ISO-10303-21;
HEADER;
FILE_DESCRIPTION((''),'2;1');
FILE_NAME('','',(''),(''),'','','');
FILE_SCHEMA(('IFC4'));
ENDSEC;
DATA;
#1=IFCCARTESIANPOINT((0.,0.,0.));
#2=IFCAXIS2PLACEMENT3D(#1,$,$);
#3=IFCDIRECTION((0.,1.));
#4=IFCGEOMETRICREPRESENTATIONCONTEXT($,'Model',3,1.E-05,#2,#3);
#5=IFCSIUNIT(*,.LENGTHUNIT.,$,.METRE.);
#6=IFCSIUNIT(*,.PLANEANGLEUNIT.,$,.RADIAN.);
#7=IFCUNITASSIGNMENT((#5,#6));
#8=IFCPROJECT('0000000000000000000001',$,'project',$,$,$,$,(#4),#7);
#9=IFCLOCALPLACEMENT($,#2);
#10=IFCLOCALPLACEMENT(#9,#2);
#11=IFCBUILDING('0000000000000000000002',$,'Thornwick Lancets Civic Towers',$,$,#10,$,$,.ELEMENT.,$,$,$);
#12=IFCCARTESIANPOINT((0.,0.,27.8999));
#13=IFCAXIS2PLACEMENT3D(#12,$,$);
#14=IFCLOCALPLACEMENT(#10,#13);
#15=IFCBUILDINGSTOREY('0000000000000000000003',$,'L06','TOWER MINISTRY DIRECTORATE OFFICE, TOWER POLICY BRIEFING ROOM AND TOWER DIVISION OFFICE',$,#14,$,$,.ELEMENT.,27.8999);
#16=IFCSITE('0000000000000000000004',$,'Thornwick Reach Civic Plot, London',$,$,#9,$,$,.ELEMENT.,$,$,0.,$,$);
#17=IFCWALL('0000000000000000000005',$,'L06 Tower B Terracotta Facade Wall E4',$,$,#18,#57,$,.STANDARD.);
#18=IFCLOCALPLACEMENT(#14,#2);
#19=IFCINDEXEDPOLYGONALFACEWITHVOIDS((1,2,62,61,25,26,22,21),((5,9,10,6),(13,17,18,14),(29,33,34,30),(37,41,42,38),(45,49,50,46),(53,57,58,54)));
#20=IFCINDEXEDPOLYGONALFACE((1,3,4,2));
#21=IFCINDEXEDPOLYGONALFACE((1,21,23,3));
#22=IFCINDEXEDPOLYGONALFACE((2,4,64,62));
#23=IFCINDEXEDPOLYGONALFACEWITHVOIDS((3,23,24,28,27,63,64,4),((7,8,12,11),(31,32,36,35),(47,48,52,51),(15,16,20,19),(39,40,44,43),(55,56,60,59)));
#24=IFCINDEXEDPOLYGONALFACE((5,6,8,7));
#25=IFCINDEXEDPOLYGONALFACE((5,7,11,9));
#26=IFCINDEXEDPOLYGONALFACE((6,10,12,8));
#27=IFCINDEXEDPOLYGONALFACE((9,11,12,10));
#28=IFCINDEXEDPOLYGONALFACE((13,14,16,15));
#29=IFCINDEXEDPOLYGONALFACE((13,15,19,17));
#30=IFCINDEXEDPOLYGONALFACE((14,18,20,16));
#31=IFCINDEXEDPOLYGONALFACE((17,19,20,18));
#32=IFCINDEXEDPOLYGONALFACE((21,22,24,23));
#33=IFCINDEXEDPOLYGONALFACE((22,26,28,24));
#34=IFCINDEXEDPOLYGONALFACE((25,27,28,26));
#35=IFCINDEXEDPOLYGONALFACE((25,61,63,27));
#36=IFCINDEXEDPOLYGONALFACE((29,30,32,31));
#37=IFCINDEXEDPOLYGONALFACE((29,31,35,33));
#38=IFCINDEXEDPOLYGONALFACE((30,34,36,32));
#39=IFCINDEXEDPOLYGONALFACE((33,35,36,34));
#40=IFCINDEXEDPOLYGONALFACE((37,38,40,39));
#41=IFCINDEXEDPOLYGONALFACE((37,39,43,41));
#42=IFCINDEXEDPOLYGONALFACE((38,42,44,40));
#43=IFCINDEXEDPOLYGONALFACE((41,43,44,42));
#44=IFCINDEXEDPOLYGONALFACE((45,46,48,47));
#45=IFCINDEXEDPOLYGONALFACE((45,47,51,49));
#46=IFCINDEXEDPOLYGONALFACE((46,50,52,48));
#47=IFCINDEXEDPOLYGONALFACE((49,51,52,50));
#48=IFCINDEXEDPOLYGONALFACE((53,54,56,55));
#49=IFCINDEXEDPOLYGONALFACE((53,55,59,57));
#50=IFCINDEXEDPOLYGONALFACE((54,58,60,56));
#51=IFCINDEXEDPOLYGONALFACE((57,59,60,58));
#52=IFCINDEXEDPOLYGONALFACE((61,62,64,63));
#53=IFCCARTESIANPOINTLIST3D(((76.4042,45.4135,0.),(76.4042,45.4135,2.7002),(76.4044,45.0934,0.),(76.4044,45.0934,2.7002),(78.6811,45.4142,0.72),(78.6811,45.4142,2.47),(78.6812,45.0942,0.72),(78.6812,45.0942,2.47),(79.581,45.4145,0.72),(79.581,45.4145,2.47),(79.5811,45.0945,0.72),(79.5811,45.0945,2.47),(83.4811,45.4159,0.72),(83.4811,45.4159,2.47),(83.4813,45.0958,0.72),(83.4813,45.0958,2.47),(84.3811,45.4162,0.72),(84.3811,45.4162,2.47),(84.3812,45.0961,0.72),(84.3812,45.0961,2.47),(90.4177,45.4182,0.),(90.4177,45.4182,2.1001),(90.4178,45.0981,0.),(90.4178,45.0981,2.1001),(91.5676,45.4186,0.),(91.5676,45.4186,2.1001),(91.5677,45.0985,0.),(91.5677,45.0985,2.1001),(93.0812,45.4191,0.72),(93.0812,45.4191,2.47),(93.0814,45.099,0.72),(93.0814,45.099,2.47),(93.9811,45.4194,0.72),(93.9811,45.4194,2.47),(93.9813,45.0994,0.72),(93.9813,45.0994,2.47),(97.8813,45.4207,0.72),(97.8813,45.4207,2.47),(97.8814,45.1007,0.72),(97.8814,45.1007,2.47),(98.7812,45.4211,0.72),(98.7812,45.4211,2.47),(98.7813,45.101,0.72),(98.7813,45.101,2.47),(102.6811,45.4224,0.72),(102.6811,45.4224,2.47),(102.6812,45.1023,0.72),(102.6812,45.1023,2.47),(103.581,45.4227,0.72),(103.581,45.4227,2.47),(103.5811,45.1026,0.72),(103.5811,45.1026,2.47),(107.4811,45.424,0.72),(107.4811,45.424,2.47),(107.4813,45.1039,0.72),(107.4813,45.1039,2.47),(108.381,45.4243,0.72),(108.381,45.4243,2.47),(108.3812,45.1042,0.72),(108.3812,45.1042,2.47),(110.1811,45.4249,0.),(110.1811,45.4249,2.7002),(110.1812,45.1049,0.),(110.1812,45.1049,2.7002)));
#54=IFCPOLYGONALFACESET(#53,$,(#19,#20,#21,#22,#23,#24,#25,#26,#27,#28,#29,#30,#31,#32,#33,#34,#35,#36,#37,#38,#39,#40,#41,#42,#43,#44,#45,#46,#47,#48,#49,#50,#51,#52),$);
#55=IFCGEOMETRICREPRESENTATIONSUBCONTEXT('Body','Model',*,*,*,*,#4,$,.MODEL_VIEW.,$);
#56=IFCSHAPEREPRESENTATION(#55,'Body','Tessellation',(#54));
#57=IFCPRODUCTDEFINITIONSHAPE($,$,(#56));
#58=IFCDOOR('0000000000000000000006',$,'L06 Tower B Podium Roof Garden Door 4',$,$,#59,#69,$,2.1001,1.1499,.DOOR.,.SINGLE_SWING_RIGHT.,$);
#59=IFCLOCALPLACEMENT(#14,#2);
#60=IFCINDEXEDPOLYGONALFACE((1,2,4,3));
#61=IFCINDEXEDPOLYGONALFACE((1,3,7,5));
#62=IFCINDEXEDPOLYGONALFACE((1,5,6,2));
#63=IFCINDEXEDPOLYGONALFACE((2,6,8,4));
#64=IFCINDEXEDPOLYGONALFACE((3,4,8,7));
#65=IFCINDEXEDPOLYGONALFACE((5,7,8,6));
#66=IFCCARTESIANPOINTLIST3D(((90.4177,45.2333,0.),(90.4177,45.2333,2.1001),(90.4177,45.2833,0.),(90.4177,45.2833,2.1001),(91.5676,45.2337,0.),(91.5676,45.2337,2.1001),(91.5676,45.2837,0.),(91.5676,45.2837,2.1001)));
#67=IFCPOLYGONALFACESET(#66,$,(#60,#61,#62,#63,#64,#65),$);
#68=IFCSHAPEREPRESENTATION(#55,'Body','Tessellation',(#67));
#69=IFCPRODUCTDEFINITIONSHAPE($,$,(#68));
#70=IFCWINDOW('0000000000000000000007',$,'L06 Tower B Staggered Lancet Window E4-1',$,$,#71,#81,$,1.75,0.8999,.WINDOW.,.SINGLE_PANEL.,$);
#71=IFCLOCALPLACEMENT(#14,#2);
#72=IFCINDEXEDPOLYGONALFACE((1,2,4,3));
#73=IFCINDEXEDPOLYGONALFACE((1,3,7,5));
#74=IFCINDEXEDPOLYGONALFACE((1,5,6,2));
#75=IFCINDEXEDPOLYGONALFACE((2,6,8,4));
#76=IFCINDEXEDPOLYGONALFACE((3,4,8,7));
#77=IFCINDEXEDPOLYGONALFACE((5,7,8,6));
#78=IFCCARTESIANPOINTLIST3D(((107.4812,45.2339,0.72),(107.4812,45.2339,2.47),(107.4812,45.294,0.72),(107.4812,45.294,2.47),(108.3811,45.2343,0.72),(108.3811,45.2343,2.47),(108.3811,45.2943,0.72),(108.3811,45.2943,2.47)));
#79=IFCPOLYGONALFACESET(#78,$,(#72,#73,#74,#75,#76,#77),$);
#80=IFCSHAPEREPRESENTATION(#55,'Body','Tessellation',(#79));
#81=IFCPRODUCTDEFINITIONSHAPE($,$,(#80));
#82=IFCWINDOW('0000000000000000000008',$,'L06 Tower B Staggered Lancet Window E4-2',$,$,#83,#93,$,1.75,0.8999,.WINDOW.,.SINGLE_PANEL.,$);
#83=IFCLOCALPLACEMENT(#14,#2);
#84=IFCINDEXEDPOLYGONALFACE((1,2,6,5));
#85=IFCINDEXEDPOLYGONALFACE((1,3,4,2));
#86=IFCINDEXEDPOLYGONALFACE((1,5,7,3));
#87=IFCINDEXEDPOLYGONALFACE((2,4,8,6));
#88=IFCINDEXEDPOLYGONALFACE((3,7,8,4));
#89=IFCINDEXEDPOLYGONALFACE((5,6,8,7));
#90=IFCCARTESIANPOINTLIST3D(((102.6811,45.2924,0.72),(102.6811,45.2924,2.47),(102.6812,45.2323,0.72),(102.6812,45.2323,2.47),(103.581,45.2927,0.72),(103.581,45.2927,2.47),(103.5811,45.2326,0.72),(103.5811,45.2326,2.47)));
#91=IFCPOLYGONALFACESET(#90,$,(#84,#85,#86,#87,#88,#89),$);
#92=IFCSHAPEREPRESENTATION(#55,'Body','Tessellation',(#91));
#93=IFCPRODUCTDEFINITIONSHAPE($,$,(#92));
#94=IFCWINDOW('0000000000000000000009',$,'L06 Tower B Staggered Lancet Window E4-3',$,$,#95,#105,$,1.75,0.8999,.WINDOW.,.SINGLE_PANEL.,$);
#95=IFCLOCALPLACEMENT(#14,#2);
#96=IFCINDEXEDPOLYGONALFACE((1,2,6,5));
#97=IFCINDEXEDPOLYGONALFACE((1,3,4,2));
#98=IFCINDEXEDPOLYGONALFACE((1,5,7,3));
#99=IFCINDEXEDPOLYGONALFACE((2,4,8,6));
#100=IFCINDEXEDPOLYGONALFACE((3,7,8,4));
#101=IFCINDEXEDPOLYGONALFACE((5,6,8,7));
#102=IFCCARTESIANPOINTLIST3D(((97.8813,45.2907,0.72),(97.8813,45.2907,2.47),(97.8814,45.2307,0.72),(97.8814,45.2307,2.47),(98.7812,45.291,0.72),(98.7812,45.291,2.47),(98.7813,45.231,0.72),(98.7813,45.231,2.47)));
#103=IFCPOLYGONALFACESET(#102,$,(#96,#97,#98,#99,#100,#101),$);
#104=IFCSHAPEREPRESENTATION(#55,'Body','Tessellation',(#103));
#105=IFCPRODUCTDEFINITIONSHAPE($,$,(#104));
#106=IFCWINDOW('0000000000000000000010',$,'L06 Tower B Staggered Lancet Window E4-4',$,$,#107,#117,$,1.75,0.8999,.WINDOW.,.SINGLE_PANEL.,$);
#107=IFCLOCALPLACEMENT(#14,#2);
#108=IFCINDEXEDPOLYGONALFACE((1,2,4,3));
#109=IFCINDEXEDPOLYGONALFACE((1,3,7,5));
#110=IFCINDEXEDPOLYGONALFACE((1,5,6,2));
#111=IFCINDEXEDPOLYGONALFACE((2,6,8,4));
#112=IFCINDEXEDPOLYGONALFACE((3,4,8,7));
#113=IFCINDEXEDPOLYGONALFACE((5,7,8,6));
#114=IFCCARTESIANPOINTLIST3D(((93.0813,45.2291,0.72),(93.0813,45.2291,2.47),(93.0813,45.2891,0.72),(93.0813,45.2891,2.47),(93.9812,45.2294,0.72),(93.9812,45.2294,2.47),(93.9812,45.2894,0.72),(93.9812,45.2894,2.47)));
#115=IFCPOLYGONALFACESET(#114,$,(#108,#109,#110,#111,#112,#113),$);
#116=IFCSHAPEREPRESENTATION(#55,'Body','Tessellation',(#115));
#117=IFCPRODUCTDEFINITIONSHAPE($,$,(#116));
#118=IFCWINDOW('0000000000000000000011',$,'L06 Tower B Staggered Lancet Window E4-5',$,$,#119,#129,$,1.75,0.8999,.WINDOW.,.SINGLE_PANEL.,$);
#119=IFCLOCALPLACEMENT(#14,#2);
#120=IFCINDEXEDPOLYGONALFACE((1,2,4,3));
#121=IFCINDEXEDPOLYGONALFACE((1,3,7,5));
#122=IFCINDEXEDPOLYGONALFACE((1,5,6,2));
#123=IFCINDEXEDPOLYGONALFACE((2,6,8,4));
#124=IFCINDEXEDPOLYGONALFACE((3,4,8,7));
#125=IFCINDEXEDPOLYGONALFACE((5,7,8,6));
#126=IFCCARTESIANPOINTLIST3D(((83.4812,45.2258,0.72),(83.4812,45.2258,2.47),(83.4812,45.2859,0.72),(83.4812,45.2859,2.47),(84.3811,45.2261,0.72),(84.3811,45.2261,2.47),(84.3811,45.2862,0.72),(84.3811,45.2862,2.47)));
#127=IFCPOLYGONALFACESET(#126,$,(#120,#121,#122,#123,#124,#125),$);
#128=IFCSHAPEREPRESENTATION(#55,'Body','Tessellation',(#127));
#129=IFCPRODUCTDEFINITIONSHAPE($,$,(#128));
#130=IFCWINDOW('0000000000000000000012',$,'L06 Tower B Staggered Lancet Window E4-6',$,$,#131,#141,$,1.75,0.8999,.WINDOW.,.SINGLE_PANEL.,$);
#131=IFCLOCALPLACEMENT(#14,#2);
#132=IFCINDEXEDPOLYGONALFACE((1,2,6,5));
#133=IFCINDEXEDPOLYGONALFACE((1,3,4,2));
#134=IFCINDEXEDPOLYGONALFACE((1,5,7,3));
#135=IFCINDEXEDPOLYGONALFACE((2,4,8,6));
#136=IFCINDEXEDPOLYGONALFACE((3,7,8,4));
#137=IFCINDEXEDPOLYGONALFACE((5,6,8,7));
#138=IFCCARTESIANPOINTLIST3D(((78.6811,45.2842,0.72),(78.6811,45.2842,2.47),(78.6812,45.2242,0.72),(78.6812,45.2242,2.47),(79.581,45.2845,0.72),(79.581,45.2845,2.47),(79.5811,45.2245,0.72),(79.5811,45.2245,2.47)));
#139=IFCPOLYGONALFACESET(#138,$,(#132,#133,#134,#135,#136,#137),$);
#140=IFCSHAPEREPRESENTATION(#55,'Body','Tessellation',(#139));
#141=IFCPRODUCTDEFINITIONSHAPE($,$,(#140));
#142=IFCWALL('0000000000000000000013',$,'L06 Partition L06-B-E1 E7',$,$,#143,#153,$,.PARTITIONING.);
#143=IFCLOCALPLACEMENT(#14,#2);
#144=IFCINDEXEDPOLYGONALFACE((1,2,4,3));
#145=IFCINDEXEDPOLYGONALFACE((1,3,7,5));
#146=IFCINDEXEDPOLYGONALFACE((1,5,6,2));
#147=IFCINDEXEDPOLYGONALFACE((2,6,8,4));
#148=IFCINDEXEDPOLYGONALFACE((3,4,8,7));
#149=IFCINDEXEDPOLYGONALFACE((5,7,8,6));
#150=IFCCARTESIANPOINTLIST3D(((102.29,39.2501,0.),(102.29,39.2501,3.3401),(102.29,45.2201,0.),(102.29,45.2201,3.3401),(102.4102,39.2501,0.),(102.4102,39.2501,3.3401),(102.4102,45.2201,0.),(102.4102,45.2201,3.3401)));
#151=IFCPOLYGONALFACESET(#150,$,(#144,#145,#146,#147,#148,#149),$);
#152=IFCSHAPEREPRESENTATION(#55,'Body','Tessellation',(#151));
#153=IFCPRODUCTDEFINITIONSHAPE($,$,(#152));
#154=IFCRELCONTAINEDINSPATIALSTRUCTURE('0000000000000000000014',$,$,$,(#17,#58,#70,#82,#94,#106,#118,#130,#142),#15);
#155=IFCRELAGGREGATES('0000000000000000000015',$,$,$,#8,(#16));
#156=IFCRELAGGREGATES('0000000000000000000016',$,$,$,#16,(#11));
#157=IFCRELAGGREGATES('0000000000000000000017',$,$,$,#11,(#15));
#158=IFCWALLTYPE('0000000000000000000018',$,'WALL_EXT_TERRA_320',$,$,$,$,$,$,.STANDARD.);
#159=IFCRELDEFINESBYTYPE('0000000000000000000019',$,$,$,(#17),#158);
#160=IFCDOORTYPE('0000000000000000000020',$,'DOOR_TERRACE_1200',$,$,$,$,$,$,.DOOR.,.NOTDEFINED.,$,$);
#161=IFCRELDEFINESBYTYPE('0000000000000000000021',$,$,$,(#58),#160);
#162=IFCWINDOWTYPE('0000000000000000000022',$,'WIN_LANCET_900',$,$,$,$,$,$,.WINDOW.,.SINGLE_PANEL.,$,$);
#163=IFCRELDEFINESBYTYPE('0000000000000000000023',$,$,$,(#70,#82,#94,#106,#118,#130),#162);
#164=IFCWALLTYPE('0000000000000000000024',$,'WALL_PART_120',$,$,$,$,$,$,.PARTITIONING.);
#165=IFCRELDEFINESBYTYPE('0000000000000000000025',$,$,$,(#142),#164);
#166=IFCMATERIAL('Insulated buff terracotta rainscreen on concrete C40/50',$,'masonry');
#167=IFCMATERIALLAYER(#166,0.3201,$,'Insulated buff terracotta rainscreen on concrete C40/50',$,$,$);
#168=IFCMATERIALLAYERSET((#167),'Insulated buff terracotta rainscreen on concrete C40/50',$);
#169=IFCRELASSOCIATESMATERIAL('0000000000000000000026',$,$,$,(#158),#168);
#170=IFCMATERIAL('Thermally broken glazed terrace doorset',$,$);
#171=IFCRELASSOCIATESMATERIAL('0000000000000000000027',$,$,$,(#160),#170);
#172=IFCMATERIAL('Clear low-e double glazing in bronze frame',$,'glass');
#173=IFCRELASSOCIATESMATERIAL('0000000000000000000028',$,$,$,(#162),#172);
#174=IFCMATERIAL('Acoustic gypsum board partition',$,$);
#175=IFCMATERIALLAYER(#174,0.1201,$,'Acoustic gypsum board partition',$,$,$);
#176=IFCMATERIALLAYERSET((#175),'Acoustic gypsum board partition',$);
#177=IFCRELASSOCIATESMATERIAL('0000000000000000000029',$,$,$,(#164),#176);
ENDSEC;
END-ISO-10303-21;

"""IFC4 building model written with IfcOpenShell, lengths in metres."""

from ifc_helpers import new_model, si_unit, direction, frame, frame_2d, origin, place, context, subcontext, project, spatial, rectangle, extrude, material, layer, layer_set, type_object, element, fill, save


model = new_model("IFC4")

# Units and contexts
model_context = context("Model", 3, precision=1e-05, world=origin(), true_north=direction((0.0, 1.0)))
body_context = subcontext(model_context, "Body", "Model", "MODEL_VIEW")
ifc_project = project(units=[si_unit("LENGTHUNIT", "METRE"), si_unit("PLANEANGLEUNIT", "RADIAN")], contexts=[model_context])

# Site, building, storey
site_placement = place(None, origin())
site = spatial("IfcSite", under=ifc_project, at=site_placement, Name="Thornwick Reach Civic Plot, London", CompositionType="ELEMENT", RefElevation=0.0)
building_placement = place(site_placement, origin())
building = spatial("IfcBuilding", under=site, at=building_placement, Name="Thornwick Lancets Civic Towers", CompositionType="ELEMENT")
storey_placement = place(building_placement, frame((0.0, 0.0, 27.8999)))
storey = spatial("IfcBuildingStorey", under=building, at=storey_placement, Name="L06", Description="TOWER MINISTRY DIRECTORATE OFFICE, TOWER POLICY BRIEFING ROOM AND TOWER DIVISION OFFICE", CompositionType="ELEMENT", Elevation=27.8999)

# Wall, openings, door, windows
ifc_material_1 = material(Name="Insulated buff terracotta rainscreen on concrete C40/50", Category="masonry")
ifc_layer_1 = layer(ifc_material_1, 0.3201, Name="Insulated buff terracotta rainscreen on concrete C40/50")
ifc_layer_set_1 = layer_set([ifc_layer_1], Name="Insulated buff terracotta rainscreen on concrete C40/50")
wall_type_1 = type_object("IfcWallType", Name="WALL_EXT_TERRA_320", PredefinedType="STANDARD", material=ifc_layer_set_1)
wall_1_placement = place(storey_placement, frame((110.1812, 45.2649, 0.0), z_axis=(0.0, 0.0, 1.0), x_axis=(-1.0, -0.00034, 0.0)))
wall_1 = element("IfcWall", 1, at=wall_1_placement, inside=storey, type_object=wall_type_1, Name="L06 Tower B Terracotta Facade Wall E4", PredefinedType="STANDARD", context=body_context, shape_type="SweptSolid", body=[
    extrude(rectangle(XDim=33.7769, YDim=0.3201, at=frame_2d((16.8884, 0.0))), origin(), (0.0, 0.0, 1.0), 2.7002),
])
opening_1_placement = place(wall_1_placement, frame((18.6135, 0.0, 0.0)))
opening_1 = element("IfcOpeningElement", 2, at=opening_1_placement, cuts=wall_1, PredefinedType="OPENING", context=body_context, shape_type="SweptSolid", body=[
    extrude(rectangle(XDim=1.1499, YDim=2.1001, at=frame_2d((0.575, 1.05))), frame((0.0, 0.1699, 0.0), z_axis=(0.0, -1.0, 0.0), x_axis=(1.0, 0.0, 0.0)), (0.0, 0.0, 1.0), 0.3401),
])
opening_2_placement = place(wall_1_placement, frame((1.8, 0.0, 0.72)))
opening_2 = element("IfcOpeningElement", 3, at=opening_2_placement, cuts=wall_1, PredefinedType="OPENING", context=body_context, shape_type="SweptSolid", body=[
    extrude(rectangle(XDim=0.8999, YDim=1.75, at=frame_2d((0.45, 0.875))), frame((0.0, 0.1699, 0.0), z_axis=(0.0, -1.0, 0.0), x_axis=(1.0, 0.0, 0.0)), (0.0, 0.0, 1.0), 0.3401),
])
opening_3_placement = place(wall_1_placement, frame((6.6001, 0.0, 0.72)))
opening_3 = element("IfcOpeningElement", 4, at=opening_3_placement, cuts=wall_1, PredefinedType="OPENING", context=body_context, shape_type="SweptSolid", body=[
    extrude(rectangle(XDim=0.8999, YDim=1.75, at=frame_2d((0.45, 0.875))), frame((0.0, 0.1699, 0.0), z_axis=(0.0, -1.0, 0.0), x_axis=(1.0, 0.0, 0.0)), (0.0, 0.0, 1.0), 0.3401),
])
opening_4_placement = place(wall_1_placement, frame((11.3999, 0.0, 0.72)))
opening_4 = element("IfcOpeningElement", 5, at=opening_4_placement, cuts=wall_1, PredefinedType="OPENING", context=body_context, shape_type="SweptSolid", body=[
    extrude(rectangle(XDim=0.8999, YDim=1.75, at=frame_2d((0.45, 0.875))), frame((0.0, 0.1699, 0.0), z_axis=(0.0, -1.0, 0.0), x_axis=(1.0, 0.0, 0.0)), (0.0, 0.0, 1.0), 0.3401),
])
opening_5_placement = place(wall_1_placement, frame((16.2, 0.0, 0.72)))
opening_5 = element("IfcOpeningElement", 6, at=opening_5_placement, cuts=wall_1, PredefinedType="OPENING", context=body_context, shape_type="SweptSolid", body=[
    extrude(rectangle(XDim=0.8999, YDim=1.75, at=frame_2d((0.45, 0.875))), frame((0.0, 0.1699, 0.0), z_axis=(0.0, -1.0, 0.0), x_axis=(1.0, 0.0, 0.0)), (0.0, 0.0, 1.0), 0.3401),
])
opening_6_placement = place(wall_1_placement, frame((25.8, 0.0, 0.72)))
opening_6 = element("IfcOpeningElement", 7, at=opening_6_placement, cuts=wall_1, PredefinedType="OPENING", context=body_context, shape_type="SweptSolid", body=[
    extrude(rectangle(XDim=0.8999, YDim=1.75, at=frame_2d((0.45, 0.875))), frame((0.0, 0.1699, 0.0), z_axis=(0.0, -1.0, 0.0), x_axis=(1.0, 0.0, 0.0)), (0.0, 0.0, 1.0), 0.3401),
])
opening_7_placement = place(wall_1_placement, frame((30.6001, 0.0, 0.72)))
opening_7 = element("IfcOpeningElement", 8, at=opening_7_placement, cuts=wall_1, PredefinedType="OPENING", context=body_context, shape_type="SweptSolid", body=[
    extrude(rectangle(XDim=0.8999, YDim=1.75, at=frame_2d((0.45, 0.875))), frame((0.0, 0.1699, 0.0), z_axis=(0.0, -1.0, 0.0), x_axis=(1.0, 0.0, 0.0)), (0.0, 0.0, 1.0), 0.3401),
])
ifc_material_2 = material(Name="Thermally broken glazed terrace doorset")
door_type = type_object("IfcDoorType", Name="DOOR_TERRACE_1200", OperationType="NOTDEFINED", PredefinedType="DOOR", material=ifc_material_2)
door_placement = place(opening_1_placement, origin())
door = element("IfcDoor", 9, at=door_placement, inside=storey, type_object=door_type, Name="L06 Tower B Podium Roof Garden Door 4", OperationType="SINGLE_SWING_RIGHT", OverallHeight=2.1001, OverallWidth=1.1499, PredefinedType="DOOR", context=body_context, shape_type="SweptSolid", body=[
    extrude(rectangle(XDim=1.1499, YDim=2.1001, at=frame_2d((0.575, 1.05))), frame((0.0, 0.0249, 0.0), z_axis=(0.0, -1.0, 0.0), x_axis=(1.0, 0.0, 0.0)), (0.0, 0.0, 1.0), 0.05),
])
fill(opening_1, door)
ifc_material_3 = material(Name="Clear low-e double glazing in bronze frame", Category="glass")
window_type = type_object("IfcWindowType", Name="WIN_LANCET_900", PartitioningType="SINGLE_PANEL", PredefinedType="WINDOW", material=ifc_material_3)
window_1_placement = place(opening_2_placement, origin())
window_1 = element("IfcWindow", 10, at=window_1_placement, inside=storey, type_object=window_type, Name="L06 Tower B Staggered Lancet Window E4-1", OverallHeight=1.75, OverallWidth=0.8999, PartitioningType="SINGLE_PANEL", PredefinedType="WINDOW", context=body_context, shape_type="SweptSolid", body=[
    extrude(rectangle(XDim=0.8999, YDim=1.75, at=frame_2d((0.45, 0.875))), frame((0.0, 0.03, 0.0), z_axis=(0.0, -1.0, 0.0), x_axis=(1.0, 0.0, 0.0)), (0.0, 0.0, 1.0), 0.0601),
])
fill(opening_2, window_1)
window_2_placement = place(opening_3_placement, origin())
window_2 = element("IfcWindow", 11, at=window_2_placement, inside=storey, type_object=window_type, Name="L06 Tower B Staggered Lancet Window E4-2", OverallHeight=1.75, OverallWidth=0.8999, PartitioningType="SINGLE_PANEL", PredefinedType="WINDOW", context=body_context, shape_type="SweptSolid", body=[
    extrude(rectangle(XDim=0.8999, YDim=1.75, at=frame_2d((0.45, 0.875))), frame((0.0, 0.03, 0.0), z_axis=(0.0, -1.0, 0.0), x_axis=(1.0, 0.0, 0.0)), (0.0, 0.0, 1.0), 0.0601),
])
fill(opening_3, window_2)
window_3_placement = place(opening_4_placement, origin())
window_3 = element("IfcWindow", 12, at=window_3_placement, inside=storey, type_object=window_type, Name="L06 Tower B Staggered Lancet Window E4-3", OverallHeight=1.75, OverallWidth=0.8999, PartitioningType="SINGLE_PANEL", PredefinedType="WINDOW", context=body_context, shape_type="SweptSolid", body=[
    extrude(rectangle(XDim=0.8999, YDim=1.75, at=frame_2d((0.45, 0.875))), frame((0.0, 0.03, 0.0), z_axis=(0.0, -1.0, 0.0), x_axis=(1.0, 0.0, 0.0)), (0.0, 0.0, 1.0), 0.0601),
])
fill(opening_4, window_3)
window_4_placement = place(opening_5_placement, origin())
window_4 = element("IfcWindow", 13, at=window_4_placement, inside=storey, type_object=window_type, Name="L06 Tower B Staggered Lancet Window E4-4", OverallHeight=1.75, OverallWidth=0.8999, PartitioningType="SINGLE_PANEL", PredefinedType="WINDOW", context=body_context, shape_type="SweptSolid", body=[
    extrude(rectangle(XDim=0.8999, YDim=1.75, at=frame_2d((0.45, 0.875))), frame((0.0, 0.03, 0.0), z_axis=(0.0, -1.0, 0.0), x_axis=(1.0, 0.0, 0.0)), (0.0, 0.0, 1.0), 0.0601),
])
fill(opening_5, window_4)
window_5_placement = place(opening_6_placement, origin())
window_5 = element("IfcWindow", 14, at=window_5_placement, inside=storey, type_object=window_type, Name="L06 Tower B Staggered Lancet Window E4-5", OverallHeight=1.75, OverallWidth=0.8999, PartitioningType="SINGLE_PANEL", PredefinedType="WINDOW", context=body_context, shape_type="SweptSolid", body=[
    extrude(rectangle(XDim=0.8999, YDim=1.75, at=frame_2d((0.45, 0.875))), frame((0.0, 0.03, 0.0), z_axis=(0.0, -1.0, 0.0), x_axis=(1.0, 0.0, 0.0)), (0.0, 0.0, 1.0), 0.0601),
])
fill(opening_6, window_5)
window_6_placement = place(opening_7_placement, origin())
window_6 = element("IfcWindow", 15, at=window_6_placement, inside=storey, type_object=window_type, Name="L06 Tower B Staggered Lancet Window E4-6", OverallHeight=1.75, OverallWidth=0.8999, PartitioningType="SINGLE_PANEL", PredefinedType="WINDOW", context=body_context, shape_type="SweptSolid", body=[
    extrude(rectangle(XDim=0.8999, YDim=1.75, at=frame_2d((0.45, 0.875))), frame((0.0, 0.03, 0.0), z_axis=(0.0, -1.0, 0.0), x_axis=(1.0, 0.0, 0.0)), (0.0, 0.0, 1.0), 0.0601),
])
fill(opening_7, window_6)

# Wall
ifc_material_4 = material(Name="Acoustic gypsum board partition")
ifc_layer_2 = layer(ifc_material_4, 0.1201, Name="Acoustic gypsum board partition")
ifc_layer_set_2 = layer_set([ifc_layer_2], Name="Acoustic gypsum board partition")
wall_type_2 = type_object("IfcWallType", Name="WALL_PART_120", PredefinedType="PARTITIONING", material=ifc_layer_set_2)
wall_2_placement = place(storey_placement, frame((102.3501, 45.22, 0.0), z_axis=(0.0, 0.0, 1.0), x_axis=(0.0, -1.0, 0.0)))
element("IfcWall", 16, at=wall_2_placement, inside=storey, type_object=wall_type_2, Name="L06 Partition L06-B-E1 E7", PredefinedType="PARTITIONING", context=body_context, shape_type="SweptSolid", body=[
    extrude(rectangle(XDim=5.97, YDim=0.1201, at=frame_2d((2.9849, 0.0))), origin(), (0.0, 0.0, 1.0), 3.3401),
])

save(model, "model.ifc")
